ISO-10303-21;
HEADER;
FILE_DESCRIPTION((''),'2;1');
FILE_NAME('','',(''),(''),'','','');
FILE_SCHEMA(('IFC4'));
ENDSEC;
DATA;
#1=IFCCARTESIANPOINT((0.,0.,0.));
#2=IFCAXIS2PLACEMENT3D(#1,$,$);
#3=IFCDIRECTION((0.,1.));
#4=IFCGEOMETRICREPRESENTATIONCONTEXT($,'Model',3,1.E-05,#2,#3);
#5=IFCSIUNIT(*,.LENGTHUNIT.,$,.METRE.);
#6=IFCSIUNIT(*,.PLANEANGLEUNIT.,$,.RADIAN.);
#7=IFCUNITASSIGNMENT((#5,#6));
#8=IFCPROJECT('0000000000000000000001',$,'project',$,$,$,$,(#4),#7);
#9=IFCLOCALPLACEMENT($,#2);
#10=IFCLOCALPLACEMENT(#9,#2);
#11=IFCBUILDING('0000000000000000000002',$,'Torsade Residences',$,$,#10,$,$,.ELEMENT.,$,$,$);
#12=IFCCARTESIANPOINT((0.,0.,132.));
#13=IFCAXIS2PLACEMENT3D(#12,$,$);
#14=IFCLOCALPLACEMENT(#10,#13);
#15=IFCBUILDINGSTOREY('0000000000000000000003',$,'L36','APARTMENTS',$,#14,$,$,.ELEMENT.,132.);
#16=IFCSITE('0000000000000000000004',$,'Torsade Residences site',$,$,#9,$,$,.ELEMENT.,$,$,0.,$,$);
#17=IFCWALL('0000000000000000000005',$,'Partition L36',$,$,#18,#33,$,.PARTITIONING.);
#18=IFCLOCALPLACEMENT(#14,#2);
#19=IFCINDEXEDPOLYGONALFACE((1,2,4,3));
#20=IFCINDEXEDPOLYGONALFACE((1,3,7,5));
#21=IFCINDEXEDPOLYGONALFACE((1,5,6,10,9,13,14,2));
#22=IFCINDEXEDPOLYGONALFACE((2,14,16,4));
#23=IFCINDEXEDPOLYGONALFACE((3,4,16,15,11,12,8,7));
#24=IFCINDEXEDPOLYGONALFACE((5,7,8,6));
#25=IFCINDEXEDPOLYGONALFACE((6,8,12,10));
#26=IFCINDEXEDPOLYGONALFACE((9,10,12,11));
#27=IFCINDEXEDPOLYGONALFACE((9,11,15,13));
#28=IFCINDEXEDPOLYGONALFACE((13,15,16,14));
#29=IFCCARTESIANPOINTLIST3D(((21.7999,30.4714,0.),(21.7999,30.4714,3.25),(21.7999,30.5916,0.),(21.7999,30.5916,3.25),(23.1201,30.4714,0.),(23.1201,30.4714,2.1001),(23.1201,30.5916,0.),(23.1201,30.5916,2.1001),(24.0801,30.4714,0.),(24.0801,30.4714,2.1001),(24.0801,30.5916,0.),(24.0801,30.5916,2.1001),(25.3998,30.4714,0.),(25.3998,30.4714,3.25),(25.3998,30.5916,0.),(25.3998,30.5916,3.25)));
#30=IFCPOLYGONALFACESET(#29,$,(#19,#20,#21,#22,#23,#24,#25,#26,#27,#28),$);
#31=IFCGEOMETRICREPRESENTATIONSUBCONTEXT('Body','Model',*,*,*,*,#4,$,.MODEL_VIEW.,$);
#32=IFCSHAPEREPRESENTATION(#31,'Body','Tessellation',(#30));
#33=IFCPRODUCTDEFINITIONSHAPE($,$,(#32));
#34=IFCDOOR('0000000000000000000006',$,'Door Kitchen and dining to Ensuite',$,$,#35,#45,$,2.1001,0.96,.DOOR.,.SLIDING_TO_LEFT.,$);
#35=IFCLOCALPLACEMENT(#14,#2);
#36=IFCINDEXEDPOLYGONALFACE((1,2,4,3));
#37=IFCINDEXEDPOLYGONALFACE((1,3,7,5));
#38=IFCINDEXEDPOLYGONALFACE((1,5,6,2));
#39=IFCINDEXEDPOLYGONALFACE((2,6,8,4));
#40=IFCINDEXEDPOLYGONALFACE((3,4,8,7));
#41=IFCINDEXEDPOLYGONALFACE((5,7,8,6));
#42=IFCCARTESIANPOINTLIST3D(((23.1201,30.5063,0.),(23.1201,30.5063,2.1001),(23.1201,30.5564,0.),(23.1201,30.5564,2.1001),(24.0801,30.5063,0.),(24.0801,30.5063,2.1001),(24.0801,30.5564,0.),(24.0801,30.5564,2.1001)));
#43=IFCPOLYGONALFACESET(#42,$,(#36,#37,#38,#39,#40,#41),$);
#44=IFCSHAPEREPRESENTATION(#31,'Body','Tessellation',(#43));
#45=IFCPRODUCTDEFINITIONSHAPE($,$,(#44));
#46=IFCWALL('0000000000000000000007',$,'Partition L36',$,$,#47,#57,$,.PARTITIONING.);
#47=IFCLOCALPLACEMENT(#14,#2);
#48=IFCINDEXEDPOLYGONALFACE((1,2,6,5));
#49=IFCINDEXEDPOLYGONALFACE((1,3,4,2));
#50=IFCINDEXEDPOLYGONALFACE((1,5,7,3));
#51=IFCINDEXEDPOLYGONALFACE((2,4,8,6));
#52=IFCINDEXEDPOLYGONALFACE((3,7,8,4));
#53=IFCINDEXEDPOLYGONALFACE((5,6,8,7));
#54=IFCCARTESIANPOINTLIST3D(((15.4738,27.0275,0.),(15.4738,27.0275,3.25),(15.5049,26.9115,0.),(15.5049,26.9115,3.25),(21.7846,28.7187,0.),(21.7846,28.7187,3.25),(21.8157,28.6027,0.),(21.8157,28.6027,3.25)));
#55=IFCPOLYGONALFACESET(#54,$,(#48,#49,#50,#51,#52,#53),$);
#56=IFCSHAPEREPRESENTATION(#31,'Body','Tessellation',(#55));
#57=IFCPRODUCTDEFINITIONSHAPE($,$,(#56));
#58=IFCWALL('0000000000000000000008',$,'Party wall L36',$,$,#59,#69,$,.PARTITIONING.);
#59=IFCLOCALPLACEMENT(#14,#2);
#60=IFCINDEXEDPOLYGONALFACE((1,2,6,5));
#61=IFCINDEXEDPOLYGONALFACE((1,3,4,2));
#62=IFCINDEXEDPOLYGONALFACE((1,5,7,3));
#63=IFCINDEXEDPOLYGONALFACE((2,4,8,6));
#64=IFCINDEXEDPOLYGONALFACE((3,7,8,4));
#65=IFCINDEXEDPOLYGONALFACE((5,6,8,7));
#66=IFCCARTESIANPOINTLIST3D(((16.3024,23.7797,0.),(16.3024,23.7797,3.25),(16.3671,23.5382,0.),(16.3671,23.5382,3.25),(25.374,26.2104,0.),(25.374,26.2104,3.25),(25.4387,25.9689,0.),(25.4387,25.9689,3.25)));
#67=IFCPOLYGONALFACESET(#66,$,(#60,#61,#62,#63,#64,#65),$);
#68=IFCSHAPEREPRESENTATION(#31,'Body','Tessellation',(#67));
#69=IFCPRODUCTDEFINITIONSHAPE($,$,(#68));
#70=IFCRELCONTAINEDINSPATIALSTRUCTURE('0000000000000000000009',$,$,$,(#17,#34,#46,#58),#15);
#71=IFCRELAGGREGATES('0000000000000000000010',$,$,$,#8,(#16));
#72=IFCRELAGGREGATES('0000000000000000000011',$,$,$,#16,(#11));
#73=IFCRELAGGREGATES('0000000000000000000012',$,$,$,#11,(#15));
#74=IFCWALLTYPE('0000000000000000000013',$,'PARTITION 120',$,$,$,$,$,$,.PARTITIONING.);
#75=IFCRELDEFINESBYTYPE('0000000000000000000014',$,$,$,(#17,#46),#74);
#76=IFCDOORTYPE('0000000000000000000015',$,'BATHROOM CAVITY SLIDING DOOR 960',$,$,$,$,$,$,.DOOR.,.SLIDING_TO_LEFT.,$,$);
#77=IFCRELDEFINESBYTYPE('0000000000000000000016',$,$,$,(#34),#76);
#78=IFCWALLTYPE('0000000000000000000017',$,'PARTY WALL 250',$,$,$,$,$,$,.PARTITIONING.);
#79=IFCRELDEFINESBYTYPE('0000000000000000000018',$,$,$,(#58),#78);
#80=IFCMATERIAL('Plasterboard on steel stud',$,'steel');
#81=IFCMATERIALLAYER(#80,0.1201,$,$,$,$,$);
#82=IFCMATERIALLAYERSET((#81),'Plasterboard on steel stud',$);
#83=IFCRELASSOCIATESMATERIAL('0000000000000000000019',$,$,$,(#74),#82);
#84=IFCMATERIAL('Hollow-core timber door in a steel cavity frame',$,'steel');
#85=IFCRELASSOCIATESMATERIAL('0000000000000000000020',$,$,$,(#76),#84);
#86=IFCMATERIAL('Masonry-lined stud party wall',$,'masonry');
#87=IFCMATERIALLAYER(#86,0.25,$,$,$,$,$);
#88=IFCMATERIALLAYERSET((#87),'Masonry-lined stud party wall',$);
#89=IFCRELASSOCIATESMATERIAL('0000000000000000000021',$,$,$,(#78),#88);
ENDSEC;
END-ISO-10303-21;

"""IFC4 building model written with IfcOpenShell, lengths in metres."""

from ifc_helpers import new_model, si_unit, direction, frame, frame_2d, origin, place, context, subcontext, project, spatial, rectangle, extrude, material, layer, layer_set, type_object, element, fill, save


model = new_model("IFC4")

# Units and contexts
model_context = context("Model", 3, precision=1e-05, world=origin(), true_north=direction((0.0, 1.0)))
body_context = subcontext(model_context, "Body", "Model", "MODEL_VIEW")
ifc_project = project(units=[si_unit("LENGTHUNIT", "METRE"), si_unit("PLANEANGLEUNIT", "RADIAN")], contexts=[model_context])

# Site, building, storey
site_placement = place(None, origin())
site = spatial("IfcSite", under=ifc_project, at=site_placement, Name="Torsade Residences site", CompositionType="ELEMENT", RefElevation=0.0)
building_placement = place(site_placement, origin())
building = spatial("IfcBuilding", under=site, at=building_placement, Name="Torsade Residences", CompositionType="ELEMENT")
storey_placement = place(building_placement, frame((0.0, 0.0, 132.0)))
storey = spatial("IfcBuildingStorey", under=building, at=storey_placement, Name="L36", Description="APARTMENTS", CompositionType="ELEMENT", Elevation=132.0)

# Shared definitions
ifc_material_1 = material(Name="Plasterboard on steel stud", Category="steel")
ifc_layer_1 = layer(ifc_material_1, 0.1201)
ifc_layer_set_1 = layer_set([ifc_layer_1], Name="Plasterboard on steel stud")
wall_type_1 = type_object("IfcWallType", Name="PARTITION 120", PredefinedType="PARTITIONING", material=ifc_layer_set_1)
ifc_material_2 = material(Name="Hollow-core timber door in a steel cavity frame", Category="steel")
door_type = type_object("IfcDoorType", Name="BATHROOM CAVITY SLIDING DOOR 960", OperationType="SLIDING_TO_LEFT", PredefinedType="DOOR", material=ifc_material_2)

# Wall, opening, door
wall_1_placement = place(storey_placement, frame((21.8, 30.5315, 0.0), z_axis=(0.0, 0.0, 1.0), x_axis=(1.0, 0.0, 0.0)))
wall_1 = element("IfcWall", 1, at=wall_1_placement, inside=storey, type_object=wall_type_1, Name="Partition L36", PredefinedType="PARTITIONING", context=body_context, shape_type="SweptSolid", body=[
    extrude(rectangle(XDim=3.5999, YDim=0.1201, at=frame_2d((1.7998, 0.0))), origin(), (0.0, 0.0, 1.0), 3.25),
])
opening_1_placement = place(wall_1_placement, frame((1.3201, 0.0, 0.0)))
opening_1 = element("IfcOpeningElement", 2, at=opening_1_placement, cuts=wall_1, PredefinedType="OPENING", context=body_context, shape_type="SweptSolid", body=[
    extrude(rectangle(XDim=0.96, YDim=2.1001, at=frame_2d((0.48, 1.05))), frame((0.0, 0.0701, 0.0), z_axis=(0.0, -1.0, 0.0), x_axis=(1.0, 0.0, 0.0)), (0.0, 0.0, 1.0), 0.1401),
])
door_1_placement = place(opening_1_placement, origin())
door_1 = element("IfcDoor", 3, at=door_1_placement, inside=storey, type_object=door_type, Name="Door Kitchen and dining to Ensuite", OperationType="SLIDING_TO_LEFT", OverallHeight=2.1001, OverallWidth=0.96, PredefinedType="DOOR", context=body_context, shape_type="SweptSolid", body=[
    extrude(rectangle(XDim=0.96, YDim=2.1001, at=frame_2d((0.48, 1.05))), frame((0.0, 0.0249, 0.0), z_axis=(0.0, -1.0, 0.0), x_axis=(1.0, 0.0, 0.0)), (0.0, 0.0, 1.0), 0.05),
])
fill(opening_1, door_1)

# Walls
wall_2_placement = place(storey_placement, frame((21.8, 28.6606, 0.0), z_axis=(0.0, 0.0, 1.0), x_axis=(-0.965919, -0.258846, 0.0)))
element("IfcWall", 4, at=wall_2_placement, inside=storey, type_object=wall_type_1, Name="Partition L36", PredefinedType="PARTITIONING", context=body_context, shape_type="SweptSolid", body=[
    extrude(rectangle(XDim=6.5334, YDim=0.1201, at=frame_2d((3.2666, 0.0))), origin(), (0.0, 0.0, 1.0), 3.25),
])
ifc_material_3 = material(Name="Masonry-lined stud party wall", Category="masonry")
ifc_layer_2 = layer(ifc_material_3, 0.25)
ifc_layer_set_2 = layer_set([ifc_layer_2], Name="Masonry-lined stud party wall")
wall_type_2 = type_object("IfcWallType", Name="PARTY WALL 250", PredefinedType="PARTITIONING", material=ifc_layer_set_2)
wall_3_placement = place(storey_placement, frame((16.3347, 23.6589, 0.0), z_axis=(0.0, 0.0, 1.0), x_axis=(0.965927, 0.258814, 0.0)))
element("IfcWall", 5, at=wall_3_placement, inside=storey, type_object=wall_type_2, Name="Party wall L36", PredefinedType="PARTITIONING", context=body_context, shape_type="SweptSolid", body=[
    extrude(rectangle(XDim=9.3916, YDim=0.25, at=frame_2d((4.6958, 0.0))), origin(), (0.0, 0.0, 1.0), 3.25),
])

save(model, "model.ifc")
